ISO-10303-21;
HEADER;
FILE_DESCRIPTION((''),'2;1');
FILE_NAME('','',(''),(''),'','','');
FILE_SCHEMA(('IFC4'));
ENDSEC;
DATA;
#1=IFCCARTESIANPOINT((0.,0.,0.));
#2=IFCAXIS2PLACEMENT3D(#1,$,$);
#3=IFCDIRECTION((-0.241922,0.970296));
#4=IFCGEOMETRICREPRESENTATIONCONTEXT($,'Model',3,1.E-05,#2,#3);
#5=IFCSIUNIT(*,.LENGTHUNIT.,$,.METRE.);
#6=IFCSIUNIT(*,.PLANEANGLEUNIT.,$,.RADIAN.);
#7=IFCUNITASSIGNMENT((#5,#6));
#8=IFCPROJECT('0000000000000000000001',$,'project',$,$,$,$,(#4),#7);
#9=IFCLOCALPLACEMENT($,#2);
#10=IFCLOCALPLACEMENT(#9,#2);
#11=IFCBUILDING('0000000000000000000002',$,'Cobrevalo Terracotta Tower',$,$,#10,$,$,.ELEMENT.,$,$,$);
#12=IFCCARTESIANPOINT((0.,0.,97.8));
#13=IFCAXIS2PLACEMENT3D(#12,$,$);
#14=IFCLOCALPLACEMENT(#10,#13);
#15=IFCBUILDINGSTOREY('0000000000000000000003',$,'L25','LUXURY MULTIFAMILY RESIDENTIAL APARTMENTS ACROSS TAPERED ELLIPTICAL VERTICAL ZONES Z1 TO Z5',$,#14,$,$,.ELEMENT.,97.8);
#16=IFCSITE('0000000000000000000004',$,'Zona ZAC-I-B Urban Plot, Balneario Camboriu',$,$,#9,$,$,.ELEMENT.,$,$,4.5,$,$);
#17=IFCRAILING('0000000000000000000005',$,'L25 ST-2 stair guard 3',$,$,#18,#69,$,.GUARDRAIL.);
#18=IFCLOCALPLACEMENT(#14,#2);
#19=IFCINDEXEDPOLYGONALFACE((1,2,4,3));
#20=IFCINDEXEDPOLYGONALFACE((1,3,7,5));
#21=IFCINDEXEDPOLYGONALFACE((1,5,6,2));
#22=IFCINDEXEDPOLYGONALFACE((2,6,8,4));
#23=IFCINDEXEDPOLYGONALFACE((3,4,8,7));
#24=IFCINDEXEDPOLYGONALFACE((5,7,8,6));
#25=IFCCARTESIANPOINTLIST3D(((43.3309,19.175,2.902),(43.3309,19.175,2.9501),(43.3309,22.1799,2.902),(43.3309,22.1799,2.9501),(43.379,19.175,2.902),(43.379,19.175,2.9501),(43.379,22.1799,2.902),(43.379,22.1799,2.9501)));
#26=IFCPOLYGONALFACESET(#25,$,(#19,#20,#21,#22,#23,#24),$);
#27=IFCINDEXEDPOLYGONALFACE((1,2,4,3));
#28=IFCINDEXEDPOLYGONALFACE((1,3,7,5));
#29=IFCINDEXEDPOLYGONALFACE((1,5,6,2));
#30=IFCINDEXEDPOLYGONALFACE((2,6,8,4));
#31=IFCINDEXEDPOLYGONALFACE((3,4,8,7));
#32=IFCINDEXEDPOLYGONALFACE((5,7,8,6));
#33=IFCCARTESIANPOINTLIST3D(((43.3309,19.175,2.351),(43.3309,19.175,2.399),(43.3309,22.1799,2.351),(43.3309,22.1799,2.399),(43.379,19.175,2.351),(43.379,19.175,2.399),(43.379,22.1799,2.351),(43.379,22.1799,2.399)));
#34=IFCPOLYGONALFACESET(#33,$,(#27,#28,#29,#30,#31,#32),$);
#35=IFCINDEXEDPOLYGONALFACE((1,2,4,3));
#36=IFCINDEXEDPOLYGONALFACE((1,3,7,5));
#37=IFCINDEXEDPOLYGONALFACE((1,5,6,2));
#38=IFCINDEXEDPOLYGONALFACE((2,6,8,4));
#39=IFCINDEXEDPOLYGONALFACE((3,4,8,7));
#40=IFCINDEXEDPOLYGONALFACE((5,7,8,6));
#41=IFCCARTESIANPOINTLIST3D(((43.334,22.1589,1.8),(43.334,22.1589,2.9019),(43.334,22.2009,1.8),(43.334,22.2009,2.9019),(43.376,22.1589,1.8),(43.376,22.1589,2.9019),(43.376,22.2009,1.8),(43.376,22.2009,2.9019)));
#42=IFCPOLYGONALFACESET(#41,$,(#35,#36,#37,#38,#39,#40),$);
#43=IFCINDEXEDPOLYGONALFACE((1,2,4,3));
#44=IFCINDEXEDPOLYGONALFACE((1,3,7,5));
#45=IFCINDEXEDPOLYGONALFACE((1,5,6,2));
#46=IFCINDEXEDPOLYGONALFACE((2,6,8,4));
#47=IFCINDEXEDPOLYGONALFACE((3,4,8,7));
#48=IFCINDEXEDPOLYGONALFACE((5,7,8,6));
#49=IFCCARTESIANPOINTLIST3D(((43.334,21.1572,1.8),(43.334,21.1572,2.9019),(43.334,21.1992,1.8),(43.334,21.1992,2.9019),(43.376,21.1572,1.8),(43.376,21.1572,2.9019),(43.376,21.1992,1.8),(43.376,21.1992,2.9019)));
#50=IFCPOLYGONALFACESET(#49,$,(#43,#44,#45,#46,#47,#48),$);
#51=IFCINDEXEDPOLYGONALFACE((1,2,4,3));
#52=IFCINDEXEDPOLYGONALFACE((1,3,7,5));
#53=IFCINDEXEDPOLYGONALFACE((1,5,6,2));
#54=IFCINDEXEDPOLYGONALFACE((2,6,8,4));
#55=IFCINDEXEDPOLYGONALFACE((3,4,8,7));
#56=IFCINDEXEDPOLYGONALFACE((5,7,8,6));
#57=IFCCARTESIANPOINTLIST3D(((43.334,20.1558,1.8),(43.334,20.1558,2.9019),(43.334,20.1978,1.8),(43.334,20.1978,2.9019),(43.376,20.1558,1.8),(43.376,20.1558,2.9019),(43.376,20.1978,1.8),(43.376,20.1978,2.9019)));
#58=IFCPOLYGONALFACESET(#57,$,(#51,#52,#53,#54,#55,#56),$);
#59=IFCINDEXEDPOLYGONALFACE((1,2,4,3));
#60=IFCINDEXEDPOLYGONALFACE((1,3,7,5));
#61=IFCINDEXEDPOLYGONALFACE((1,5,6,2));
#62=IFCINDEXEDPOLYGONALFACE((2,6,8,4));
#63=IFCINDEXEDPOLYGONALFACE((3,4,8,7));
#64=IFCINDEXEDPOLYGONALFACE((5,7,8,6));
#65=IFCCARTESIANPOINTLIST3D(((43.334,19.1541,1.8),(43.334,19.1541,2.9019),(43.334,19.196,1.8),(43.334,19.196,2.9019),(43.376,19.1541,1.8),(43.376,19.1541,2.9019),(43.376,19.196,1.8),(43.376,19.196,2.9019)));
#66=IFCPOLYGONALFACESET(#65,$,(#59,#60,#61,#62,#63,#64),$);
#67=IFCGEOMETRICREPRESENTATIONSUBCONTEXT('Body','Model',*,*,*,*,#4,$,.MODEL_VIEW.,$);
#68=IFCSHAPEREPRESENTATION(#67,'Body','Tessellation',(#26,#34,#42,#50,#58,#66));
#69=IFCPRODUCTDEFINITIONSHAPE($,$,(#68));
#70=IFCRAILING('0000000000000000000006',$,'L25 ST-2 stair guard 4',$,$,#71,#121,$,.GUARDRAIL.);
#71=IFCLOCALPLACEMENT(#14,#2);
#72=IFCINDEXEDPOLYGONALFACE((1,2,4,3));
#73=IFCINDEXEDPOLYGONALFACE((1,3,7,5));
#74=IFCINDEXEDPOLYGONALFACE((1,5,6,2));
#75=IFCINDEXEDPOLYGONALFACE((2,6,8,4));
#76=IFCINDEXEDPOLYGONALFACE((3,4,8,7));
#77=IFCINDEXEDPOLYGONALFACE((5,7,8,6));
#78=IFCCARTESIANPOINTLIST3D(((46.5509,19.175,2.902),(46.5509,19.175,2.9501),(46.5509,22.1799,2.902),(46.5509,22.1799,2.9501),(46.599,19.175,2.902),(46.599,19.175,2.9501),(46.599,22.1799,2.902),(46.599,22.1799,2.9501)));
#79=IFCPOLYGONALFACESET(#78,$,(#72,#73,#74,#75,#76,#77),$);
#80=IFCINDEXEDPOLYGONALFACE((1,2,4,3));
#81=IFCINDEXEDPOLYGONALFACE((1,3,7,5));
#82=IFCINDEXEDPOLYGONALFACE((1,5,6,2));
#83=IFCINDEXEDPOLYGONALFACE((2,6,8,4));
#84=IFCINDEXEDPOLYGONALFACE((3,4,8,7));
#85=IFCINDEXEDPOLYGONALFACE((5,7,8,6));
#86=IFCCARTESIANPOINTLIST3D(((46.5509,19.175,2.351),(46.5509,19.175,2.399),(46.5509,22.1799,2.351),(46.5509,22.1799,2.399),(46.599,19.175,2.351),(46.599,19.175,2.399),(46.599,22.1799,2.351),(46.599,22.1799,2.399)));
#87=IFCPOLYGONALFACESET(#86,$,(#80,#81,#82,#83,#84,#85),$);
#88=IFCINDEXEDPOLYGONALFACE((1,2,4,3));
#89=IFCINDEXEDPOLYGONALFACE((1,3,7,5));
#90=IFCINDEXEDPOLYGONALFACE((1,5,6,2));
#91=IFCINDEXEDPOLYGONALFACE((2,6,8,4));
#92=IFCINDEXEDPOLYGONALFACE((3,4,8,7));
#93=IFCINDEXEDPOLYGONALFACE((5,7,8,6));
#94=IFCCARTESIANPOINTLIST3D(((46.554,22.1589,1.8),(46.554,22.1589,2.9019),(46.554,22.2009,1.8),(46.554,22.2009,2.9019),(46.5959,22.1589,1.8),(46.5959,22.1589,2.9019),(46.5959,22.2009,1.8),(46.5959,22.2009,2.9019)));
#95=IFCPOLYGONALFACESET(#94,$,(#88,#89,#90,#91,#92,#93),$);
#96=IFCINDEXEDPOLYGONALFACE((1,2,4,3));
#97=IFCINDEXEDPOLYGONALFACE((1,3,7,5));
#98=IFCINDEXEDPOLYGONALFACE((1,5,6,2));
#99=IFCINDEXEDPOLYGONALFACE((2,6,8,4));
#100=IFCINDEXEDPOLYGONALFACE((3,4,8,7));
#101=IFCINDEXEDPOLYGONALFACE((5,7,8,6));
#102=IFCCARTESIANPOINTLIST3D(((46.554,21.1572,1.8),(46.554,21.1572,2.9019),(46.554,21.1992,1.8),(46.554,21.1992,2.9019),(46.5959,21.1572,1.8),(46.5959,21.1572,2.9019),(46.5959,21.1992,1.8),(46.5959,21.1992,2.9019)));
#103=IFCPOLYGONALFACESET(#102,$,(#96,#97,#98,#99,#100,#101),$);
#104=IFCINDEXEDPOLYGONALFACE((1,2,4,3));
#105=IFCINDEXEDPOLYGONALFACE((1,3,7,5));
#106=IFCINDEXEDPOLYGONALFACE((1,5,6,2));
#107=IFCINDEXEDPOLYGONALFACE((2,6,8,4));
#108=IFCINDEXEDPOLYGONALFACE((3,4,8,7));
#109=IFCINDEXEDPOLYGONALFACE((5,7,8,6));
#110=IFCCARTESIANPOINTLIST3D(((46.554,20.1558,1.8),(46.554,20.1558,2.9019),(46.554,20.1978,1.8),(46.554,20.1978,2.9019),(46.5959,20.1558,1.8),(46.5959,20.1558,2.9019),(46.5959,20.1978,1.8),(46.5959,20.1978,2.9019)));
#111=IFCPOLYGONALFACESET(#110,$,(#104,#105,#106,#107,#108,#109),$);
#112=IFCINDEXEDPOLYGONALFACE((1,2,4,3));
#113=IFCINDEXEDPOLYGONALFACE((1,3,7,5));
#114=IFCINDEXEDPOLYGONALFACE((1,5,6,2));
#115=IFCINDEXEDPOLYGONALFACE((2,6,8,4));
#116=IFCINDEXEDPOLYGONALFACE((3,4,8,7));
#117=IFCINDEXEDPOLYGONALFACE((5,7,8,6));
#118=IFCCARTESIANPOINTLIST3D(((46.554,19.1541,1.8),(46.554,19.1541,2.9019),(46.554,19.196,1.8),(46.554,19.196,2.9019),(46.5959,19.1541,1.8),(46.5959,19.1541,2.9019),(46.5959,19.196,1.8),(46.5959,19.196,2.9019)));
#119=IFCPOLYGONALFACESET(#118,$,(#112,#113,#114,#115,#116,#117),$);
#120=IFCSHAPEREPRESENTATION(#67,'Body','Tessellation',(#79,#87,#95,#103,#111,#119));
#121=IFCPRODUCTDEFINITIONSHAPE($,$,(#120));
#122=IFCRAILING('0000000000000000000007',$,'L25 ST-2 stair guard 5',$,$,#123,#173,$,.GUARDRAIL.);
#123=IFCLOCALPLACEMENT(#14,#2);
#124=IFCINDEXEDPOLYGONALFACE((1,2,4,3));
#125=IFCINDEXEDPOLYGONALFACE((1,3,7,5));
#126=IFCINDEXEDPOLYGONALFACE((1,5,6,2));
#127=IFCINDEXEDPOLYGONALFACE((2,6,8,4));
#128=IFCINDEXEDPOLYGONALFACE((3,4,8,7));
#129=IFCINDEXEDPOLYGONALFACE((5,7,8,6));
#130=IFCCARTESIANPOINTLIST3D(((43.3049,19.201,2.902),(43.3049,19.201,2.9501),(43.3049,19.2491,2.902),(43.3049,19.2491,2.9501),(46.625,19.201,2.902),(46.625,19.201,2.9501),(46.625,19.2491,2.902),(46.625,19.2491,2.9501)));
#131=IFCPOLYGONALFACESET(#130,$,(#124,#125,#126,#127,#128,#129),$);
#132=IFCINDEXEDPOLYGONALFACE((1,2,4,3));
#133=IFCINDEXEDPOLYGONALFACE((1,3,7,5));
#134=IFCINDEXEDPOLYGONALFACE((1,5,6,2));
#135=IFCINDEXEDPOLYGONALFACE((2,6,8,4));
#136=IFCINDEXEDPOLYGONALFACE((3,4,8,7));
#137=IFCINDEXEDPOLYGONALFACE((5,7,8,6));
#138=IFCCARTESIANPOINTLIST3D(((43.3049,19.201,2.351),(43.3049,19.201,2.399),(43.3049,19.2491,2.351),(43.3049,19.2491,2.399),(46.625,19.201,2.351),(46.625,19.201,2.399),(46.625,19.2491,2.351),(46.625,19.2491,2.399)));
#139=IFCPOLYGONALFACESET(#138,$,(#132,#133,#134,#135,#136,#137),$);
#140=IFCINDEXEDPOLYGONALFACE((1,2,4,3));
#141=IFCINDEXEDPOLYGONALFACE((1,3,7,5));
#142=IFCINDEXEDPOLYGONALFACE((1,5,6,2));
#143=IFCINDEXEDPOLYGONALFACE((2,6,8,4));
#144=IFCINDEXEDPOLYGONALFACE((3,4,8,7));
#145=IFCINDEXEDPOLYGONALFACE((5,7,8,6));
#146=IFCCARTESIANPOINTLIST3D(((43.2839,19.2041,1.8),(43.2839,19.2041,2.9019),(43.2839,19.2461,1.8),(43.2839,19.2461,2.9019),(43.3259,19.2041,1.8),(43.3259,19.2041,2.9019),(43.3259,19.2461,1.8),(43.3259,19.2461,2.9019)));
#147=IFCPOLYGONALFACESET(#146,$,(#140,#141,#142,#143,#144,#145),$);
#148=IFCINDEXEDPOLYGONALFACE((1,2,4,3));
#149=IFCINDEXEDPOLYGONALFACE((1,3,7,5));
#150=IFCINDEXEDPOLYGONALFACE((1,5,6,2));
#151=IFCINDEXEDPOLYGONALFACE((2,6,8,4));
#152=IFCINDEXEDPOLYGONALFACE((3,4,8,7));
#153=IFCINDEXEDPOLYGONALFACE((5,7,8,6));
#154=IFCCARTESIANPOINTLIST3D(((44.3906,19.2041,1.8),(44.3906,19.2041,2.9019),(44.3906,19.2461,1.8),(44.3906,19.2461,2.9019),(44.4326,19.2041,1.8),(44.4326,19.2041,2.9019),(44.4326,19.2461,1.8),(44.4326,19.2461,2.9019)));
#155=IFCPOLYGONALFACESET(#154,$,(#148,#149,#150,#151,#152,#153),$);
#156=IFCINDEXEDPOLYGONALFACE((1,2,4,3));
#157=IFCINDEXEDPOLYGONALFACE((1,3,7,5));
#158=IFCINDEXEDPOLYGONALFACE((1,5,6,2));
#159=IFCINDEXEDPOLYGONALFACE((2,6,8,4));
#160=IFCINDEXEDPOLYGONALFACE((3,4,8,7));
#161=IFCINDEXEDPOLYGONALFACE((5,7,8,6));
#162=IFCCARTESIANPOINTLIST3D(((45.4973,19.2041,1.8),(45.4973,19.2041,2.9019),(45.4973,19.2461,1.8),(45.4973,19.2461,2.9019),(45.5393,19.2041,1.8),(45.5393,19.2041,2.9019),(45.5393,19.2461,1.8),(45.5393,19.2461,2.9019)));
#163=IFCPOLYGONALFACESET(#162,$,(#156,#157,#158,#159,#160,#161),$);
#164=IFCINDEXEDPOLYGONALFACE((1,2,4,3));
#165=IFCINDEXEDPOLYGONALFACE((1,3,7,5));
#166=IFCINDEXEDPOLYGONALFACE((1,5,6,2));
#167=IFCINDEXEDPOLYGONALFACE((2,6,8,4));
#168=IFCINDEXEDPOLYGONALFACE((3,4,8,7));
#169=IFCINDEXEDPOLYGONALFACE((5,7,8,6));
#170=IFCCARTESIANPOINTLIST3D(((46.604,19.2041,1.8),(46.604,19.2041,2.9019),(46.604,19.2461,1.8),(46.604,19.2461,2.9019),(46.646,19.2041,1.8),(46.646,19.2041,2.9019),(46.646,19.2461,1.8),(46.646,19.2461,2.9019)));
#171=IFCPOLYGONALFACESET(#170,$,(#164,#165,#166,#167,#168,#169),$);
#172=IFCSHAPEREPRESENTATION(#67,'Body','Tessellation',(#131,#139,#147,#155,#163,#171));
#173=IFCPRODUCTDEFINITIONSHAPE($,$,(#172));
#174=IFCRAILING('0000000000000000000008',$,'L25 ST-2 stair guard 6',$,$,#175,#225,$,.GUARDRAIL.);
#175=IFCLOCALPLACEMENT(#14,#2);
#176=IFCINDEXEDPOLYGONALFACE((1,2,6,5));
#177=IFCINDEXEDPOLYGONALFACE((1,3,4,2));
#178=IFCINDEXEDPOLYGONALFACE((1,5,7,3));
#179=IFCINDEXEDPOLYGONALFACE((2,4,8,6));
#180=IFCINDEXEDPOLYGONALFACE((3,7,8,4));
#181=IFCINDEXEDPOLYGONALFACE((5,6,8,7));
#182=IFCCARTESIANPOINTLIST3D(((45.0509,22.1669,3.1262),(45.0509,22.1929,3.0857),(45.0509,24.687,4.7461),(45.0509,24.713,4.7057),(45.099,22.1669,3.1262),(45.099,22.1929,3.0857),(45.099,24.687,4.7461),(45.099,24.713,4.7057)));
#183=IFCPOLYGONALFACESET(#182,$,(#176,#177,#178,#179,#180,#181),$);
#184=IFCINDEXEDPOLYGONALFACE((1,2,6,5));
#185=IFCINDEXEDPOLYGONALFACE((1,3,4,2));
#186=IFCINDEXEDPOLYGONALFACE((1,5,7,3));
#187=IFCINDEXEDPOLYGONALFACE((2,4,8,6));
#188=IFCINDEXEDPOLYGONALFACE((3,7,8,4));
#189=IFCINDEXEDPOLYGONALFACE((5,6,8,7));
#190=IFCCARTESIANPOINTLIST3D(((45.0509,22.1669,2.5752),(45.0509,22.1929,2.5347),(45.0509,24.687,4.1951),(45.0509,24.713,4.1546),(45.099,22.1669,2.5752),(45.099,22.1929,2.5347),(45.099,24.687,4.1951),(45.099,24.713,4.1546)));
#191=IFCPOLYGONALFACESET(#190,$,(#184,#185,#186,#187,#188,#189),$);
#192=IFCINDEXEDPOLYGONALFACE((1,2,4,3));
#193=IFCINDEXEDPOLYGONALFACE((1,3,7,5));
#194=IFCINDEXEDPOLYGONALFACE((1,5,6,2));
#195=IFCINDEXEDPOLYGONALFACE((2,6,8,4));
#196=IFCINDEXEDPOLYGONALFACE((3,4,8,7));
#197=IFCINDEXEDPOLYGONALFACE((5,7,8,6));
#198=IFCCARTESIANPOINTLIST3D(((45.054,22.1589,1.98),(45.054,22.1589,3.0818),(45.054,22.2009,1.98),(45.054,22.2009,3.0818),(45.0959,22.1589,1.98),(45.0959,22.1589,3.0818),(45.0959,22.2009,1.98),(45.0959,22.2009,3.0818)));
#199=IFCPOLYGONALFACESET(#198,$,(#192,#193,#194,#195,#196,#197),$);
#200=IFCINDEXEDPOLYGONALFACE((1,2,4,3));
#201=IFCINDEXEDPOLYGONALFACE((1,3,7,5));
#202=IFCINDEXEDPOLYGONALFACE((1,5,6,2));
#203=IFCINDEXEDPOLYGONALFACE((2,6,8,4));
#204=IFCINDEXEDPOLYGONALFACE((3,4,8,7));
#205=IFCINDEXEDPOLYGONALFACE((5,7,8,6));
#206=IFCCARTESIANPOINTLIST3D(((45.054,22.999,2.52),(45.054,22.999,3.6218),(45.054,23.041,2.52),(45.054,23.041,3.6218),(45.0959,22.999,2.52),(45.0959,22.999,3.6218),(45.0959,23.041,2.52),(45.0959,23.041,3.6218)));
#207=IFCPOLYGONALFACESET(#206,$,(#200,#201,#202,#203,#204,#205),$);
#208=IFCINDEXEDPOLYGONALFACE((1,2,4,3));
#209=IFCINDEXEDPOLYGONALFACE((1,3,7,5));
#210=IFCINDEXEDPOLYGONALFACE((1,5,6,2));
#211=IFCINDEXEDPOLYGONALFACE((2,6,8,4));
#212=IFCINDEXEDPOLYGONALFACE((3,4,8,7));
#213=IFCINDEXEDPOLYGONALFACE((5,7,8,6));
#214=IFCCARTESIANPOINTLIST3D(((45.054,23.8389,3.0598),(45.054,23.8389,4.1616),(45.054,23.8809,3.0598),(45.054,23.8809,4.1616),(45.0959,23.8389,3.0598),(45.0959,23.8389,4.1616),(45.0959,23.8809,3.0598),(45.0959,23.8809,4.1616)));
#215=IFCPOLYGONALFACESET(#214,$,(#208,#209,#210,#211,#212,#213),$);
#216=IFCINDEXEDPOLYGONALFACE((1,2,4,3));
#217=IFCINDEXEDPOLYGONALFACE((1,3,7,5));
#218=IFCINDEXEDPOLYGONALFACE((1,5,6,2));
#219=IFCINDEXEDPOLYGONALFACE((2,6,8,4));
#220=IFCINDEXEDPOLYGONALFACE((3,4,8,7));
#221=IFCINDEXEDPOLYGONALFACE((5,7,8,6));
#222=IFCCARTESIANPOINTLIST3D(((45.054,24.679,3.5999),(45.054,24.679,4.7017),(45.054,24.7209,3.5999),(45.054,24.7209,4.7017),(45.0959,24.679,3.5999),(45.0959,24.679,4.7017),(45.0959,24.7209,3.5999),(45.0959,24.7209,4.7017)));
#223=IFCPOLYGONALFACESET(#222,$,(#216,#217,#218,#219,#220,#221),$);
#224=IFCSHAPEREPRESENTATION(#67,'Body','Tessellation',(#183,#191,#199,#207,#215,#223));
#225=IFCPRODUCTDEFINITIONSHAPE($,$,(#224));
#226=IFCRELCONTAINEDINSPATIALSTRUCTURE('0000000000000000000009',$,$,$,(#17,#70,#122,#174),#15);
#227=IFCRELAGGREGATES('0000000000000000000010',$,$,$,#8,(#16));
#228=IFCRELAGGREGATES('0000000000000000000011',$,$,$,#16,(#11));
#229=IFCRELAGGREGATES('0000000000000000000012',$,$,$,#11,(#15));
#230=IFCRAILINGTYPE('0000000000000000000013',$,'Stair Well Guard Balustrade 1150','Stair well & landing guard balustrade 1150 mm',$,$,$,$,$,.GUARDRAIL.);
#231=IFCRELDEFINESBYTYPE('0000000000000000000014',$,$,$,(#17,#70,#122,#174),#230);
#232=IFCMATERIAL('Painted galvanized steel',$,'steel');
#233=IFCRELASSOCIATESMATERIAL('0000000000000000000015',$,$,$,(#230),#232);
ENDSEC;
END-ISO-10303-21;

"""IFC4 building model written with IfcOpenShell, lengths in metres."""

from ifc_helpers import new_model, si_unit, direction, frame, origin, origin_2d, place, context, subcontext, project, spatial, rectangle, extrude, material, type_object, element, save


model = new_model("IFC4")

# Units and contexts
model_context = context("Model", 3, precision=1e-05, world=origin(), true_north=direction((-0.241922, 0.970296)))
body_context = subcontext(model_context, "Body", "Model", "MODEL_VIEW")
ifc_project = project(units=[si_unit("LENGTHUNIT", "METRE"), si_unit("PLANEANGLEUNIT", "RADIAN")], contexts=[model_context])

# Site, building, storey
site_placement = place(None, origin())
site = spatial("IfcSite", under=ifc_project, at=site_placement, Name="Zona ZAC-I-B Urban Plot, Balneario Camboriu", CompositionType="ELEMENT", RefElevation=4.5)
building_placement = place(site_placement, origin())
building = spatial("IfcBuilding", under=site, at=building_placement, Name="Cobrevalo Terracotta Tower", CompositionType="ELEMENT")
storey_placement = place(building_placement, frame((0.0, 0.0, 97.8)))
storey = spatial("IfcBuildingStorey", under=building, at=storey_placement, Name="L25", Description="LUXURY MULTIFAMILY RESIDENTIAL APARTMENTS ACROSS TAPERED ELLIPTICAL VERTICAL ZONES Z1 TO Z5", CompositionType="ELEMENT", Elevation=97.8)

# Railings
ifc_material_1 = material(Name="Painted galvanized steel", Category="steel")
railing_type_1 = type_object("IfcRailingType", Name="Stair Well Guard Balustrade 1150", Description="Stair well & landing guard balustrade 1150 mm", PredefinedType="GUARDRAIL", material=ifc_material_1)
for number, where, name in (
    (1, (43.355, 22.1799, 1.8), "L25 ST-2 stair guard 3"),
    (2, (46.575, 22.1799, 1.8), "L25 ST-2 stair guard 4"),
):
    element("IfcRailing", number, at=place(storey_placement, frame(where)), inside=storey, type_object=railing_type_1, Name=name, PredefinedType="GUARDRAIL", context=body_context, shape_type="SweptSolid", body=[
        extrude(rectangle(XDim=0.0481, YDim=0.0481, at=origin_2d()), frame((0.0, 0.0, 1.126), z_axis=(0.0, -1.0, 0.0), x_axis=(1.0, 0.0, 0.0)), (0.0, 0.0, 1.0), 3.0049),
        extrude(rectangle(XDim=0.0481, YDim=0.0481, at=origin_2d()), frame((0.0, 0.0, 0.575), z_axis=(0.0, -1.0, 0.0), x_axis=(1.0, 0.0, 0.0)), (0.0, 0.0, 1.0), 3.0049),
        extrude(rectangle(XDim=0.042, YDim=0.042, at=origin_2d()), origin(), (0.0, 0.0, 1.0), 1.1018),
        extrude(rectangle(XDim=0.042, YDim=0.042, at=origin_2d()), frame((0.0, -1.0017, 0.0)), (0.0, 0.0, 1.0), 1.1018),
        extrude(rectangle(XDim=0.042, YDim=0.042, at=origin_2d()), frame((0.0, -2.0032, 0.0)), (0.0, 0.0, 1.0), 1.1018),
        extrude(rectangle(XDim=0.042, YDim=0.042, at=origin_2d()), frame((0.0, -3.0049, 0.0)), (0.0, 0.0, 1.0), 1.1018),
    ])
railing_1_placement = place(storey_placement, frame((43.3049, 19.2251, 1.8)))
element("IfcRailing", 3, at=railing_1_placement, inside=storey, type_object=railing_type_1, Name="L25 ST-2 stair guard 5", PredefinedType="GUARDRAIL", context=body_context, shape_type="SweptSolid", body=[
    extrude(rectangle(XDim=0.0481, YDim=0.0481, at=origin_2d()), frame((0.0, 0.0, 1.126), z_axis=(1.0, 0.0, 0.0), x_axis=(0.0, 1.0, 0.0)), (0.0, 0.0, 1.0), 3.3201),
    extrude(rectangle(XDim=0.0481, YDim=0.0481, at=origin_2d()), frame((0.0, 0.0, 0.575), z_axis=(1.0, 0.0, 0.0), x_axis=(0.0, 1.0, 0.0)), (0.0, 0.0, 1.0), 3.3201),
    extrude(rectangle(XDim=0.042, YDim=0.042, at=origin_2d()), origin(), (0.0, 0.0, 1.0), 1.1018),
    extrude(rectangle(XDim=0.042, YDim=0.042, at=origin_2d()), frame((1.1067, 0.0, 0.0)), (0.0, 0.0, 1.0), 1.1018),
    extrude(rectangle(XDim=0.042, YDim=0.042, at=origin_2d()), frame((2.2134, 0.0, 0.0)), (0.0, 0.0, 1.0), 1.1018),
    extrude(rectangle(XDim=0.042, YDim=0.042, at=origin_2d()), frame((3.3201, 0.0, 0.0)), (0.0, 0.0, 1.0), 1.1018),
])
railing_2_placement = place(storey_placement, frame((45.075, 22.1799, 1.98)))
element("IfcRailing", 4, at=railing_2_placement, inside=storey, type_object=railing_type_1, Name="L25 ST-2 stair guard 6", PredefinedType="GUARDRAIL", context=body_context, shape_type="SweptSolid", body=[
    extrude(rectangle(XDim=0.0481, YDim=0.0481, at=origin_2d()), frame((0.0, 0.0, 1.126), z_axis=(0.0, 0.8412, 0.540725), x_axis=(-1.0, 0.0, 0.0)), (0.0, 0.0, 1.0), 2.9958),
    extrude(rectangle(XDim=0.0481, YDim=0.0481, at=origin_2d()), frame((0.0, 0.0, 0.575), z_axis=(0.0, 0.8412, 0.540725), x_axis=(-1.0, 0.0, 0.0)), (0.0, 0.0, 1.0), 2.9958),
    extrude(rectangle(XDim=0.042, YDim=0.042, at=origin_2d()), origin(), (0.0, 0.0, 1.0), 1.1018),
    extrude(rectangle(XDim=0.042, YDim=0.042, at=origin_2d()), frame((0.0, 0.8401, 0.54)), (0.0, 0.0, 1.0), 1.1018),
    extrude(rectangle(XDim=0.042, YDim=0.042, at=origin_2d()), frame((0.0, 1.6799, 1.0798)), (0.0, 0.0, 1.0), 1.1018),
    extrude(rectangle(XDim=0.042, YDim=0.042, at=origin_2d()), frame((0.0, 2.52, 1.6199)), (0.0, 0.0, 1.0), 1.1018),
])

save(model, "model.ifc")
